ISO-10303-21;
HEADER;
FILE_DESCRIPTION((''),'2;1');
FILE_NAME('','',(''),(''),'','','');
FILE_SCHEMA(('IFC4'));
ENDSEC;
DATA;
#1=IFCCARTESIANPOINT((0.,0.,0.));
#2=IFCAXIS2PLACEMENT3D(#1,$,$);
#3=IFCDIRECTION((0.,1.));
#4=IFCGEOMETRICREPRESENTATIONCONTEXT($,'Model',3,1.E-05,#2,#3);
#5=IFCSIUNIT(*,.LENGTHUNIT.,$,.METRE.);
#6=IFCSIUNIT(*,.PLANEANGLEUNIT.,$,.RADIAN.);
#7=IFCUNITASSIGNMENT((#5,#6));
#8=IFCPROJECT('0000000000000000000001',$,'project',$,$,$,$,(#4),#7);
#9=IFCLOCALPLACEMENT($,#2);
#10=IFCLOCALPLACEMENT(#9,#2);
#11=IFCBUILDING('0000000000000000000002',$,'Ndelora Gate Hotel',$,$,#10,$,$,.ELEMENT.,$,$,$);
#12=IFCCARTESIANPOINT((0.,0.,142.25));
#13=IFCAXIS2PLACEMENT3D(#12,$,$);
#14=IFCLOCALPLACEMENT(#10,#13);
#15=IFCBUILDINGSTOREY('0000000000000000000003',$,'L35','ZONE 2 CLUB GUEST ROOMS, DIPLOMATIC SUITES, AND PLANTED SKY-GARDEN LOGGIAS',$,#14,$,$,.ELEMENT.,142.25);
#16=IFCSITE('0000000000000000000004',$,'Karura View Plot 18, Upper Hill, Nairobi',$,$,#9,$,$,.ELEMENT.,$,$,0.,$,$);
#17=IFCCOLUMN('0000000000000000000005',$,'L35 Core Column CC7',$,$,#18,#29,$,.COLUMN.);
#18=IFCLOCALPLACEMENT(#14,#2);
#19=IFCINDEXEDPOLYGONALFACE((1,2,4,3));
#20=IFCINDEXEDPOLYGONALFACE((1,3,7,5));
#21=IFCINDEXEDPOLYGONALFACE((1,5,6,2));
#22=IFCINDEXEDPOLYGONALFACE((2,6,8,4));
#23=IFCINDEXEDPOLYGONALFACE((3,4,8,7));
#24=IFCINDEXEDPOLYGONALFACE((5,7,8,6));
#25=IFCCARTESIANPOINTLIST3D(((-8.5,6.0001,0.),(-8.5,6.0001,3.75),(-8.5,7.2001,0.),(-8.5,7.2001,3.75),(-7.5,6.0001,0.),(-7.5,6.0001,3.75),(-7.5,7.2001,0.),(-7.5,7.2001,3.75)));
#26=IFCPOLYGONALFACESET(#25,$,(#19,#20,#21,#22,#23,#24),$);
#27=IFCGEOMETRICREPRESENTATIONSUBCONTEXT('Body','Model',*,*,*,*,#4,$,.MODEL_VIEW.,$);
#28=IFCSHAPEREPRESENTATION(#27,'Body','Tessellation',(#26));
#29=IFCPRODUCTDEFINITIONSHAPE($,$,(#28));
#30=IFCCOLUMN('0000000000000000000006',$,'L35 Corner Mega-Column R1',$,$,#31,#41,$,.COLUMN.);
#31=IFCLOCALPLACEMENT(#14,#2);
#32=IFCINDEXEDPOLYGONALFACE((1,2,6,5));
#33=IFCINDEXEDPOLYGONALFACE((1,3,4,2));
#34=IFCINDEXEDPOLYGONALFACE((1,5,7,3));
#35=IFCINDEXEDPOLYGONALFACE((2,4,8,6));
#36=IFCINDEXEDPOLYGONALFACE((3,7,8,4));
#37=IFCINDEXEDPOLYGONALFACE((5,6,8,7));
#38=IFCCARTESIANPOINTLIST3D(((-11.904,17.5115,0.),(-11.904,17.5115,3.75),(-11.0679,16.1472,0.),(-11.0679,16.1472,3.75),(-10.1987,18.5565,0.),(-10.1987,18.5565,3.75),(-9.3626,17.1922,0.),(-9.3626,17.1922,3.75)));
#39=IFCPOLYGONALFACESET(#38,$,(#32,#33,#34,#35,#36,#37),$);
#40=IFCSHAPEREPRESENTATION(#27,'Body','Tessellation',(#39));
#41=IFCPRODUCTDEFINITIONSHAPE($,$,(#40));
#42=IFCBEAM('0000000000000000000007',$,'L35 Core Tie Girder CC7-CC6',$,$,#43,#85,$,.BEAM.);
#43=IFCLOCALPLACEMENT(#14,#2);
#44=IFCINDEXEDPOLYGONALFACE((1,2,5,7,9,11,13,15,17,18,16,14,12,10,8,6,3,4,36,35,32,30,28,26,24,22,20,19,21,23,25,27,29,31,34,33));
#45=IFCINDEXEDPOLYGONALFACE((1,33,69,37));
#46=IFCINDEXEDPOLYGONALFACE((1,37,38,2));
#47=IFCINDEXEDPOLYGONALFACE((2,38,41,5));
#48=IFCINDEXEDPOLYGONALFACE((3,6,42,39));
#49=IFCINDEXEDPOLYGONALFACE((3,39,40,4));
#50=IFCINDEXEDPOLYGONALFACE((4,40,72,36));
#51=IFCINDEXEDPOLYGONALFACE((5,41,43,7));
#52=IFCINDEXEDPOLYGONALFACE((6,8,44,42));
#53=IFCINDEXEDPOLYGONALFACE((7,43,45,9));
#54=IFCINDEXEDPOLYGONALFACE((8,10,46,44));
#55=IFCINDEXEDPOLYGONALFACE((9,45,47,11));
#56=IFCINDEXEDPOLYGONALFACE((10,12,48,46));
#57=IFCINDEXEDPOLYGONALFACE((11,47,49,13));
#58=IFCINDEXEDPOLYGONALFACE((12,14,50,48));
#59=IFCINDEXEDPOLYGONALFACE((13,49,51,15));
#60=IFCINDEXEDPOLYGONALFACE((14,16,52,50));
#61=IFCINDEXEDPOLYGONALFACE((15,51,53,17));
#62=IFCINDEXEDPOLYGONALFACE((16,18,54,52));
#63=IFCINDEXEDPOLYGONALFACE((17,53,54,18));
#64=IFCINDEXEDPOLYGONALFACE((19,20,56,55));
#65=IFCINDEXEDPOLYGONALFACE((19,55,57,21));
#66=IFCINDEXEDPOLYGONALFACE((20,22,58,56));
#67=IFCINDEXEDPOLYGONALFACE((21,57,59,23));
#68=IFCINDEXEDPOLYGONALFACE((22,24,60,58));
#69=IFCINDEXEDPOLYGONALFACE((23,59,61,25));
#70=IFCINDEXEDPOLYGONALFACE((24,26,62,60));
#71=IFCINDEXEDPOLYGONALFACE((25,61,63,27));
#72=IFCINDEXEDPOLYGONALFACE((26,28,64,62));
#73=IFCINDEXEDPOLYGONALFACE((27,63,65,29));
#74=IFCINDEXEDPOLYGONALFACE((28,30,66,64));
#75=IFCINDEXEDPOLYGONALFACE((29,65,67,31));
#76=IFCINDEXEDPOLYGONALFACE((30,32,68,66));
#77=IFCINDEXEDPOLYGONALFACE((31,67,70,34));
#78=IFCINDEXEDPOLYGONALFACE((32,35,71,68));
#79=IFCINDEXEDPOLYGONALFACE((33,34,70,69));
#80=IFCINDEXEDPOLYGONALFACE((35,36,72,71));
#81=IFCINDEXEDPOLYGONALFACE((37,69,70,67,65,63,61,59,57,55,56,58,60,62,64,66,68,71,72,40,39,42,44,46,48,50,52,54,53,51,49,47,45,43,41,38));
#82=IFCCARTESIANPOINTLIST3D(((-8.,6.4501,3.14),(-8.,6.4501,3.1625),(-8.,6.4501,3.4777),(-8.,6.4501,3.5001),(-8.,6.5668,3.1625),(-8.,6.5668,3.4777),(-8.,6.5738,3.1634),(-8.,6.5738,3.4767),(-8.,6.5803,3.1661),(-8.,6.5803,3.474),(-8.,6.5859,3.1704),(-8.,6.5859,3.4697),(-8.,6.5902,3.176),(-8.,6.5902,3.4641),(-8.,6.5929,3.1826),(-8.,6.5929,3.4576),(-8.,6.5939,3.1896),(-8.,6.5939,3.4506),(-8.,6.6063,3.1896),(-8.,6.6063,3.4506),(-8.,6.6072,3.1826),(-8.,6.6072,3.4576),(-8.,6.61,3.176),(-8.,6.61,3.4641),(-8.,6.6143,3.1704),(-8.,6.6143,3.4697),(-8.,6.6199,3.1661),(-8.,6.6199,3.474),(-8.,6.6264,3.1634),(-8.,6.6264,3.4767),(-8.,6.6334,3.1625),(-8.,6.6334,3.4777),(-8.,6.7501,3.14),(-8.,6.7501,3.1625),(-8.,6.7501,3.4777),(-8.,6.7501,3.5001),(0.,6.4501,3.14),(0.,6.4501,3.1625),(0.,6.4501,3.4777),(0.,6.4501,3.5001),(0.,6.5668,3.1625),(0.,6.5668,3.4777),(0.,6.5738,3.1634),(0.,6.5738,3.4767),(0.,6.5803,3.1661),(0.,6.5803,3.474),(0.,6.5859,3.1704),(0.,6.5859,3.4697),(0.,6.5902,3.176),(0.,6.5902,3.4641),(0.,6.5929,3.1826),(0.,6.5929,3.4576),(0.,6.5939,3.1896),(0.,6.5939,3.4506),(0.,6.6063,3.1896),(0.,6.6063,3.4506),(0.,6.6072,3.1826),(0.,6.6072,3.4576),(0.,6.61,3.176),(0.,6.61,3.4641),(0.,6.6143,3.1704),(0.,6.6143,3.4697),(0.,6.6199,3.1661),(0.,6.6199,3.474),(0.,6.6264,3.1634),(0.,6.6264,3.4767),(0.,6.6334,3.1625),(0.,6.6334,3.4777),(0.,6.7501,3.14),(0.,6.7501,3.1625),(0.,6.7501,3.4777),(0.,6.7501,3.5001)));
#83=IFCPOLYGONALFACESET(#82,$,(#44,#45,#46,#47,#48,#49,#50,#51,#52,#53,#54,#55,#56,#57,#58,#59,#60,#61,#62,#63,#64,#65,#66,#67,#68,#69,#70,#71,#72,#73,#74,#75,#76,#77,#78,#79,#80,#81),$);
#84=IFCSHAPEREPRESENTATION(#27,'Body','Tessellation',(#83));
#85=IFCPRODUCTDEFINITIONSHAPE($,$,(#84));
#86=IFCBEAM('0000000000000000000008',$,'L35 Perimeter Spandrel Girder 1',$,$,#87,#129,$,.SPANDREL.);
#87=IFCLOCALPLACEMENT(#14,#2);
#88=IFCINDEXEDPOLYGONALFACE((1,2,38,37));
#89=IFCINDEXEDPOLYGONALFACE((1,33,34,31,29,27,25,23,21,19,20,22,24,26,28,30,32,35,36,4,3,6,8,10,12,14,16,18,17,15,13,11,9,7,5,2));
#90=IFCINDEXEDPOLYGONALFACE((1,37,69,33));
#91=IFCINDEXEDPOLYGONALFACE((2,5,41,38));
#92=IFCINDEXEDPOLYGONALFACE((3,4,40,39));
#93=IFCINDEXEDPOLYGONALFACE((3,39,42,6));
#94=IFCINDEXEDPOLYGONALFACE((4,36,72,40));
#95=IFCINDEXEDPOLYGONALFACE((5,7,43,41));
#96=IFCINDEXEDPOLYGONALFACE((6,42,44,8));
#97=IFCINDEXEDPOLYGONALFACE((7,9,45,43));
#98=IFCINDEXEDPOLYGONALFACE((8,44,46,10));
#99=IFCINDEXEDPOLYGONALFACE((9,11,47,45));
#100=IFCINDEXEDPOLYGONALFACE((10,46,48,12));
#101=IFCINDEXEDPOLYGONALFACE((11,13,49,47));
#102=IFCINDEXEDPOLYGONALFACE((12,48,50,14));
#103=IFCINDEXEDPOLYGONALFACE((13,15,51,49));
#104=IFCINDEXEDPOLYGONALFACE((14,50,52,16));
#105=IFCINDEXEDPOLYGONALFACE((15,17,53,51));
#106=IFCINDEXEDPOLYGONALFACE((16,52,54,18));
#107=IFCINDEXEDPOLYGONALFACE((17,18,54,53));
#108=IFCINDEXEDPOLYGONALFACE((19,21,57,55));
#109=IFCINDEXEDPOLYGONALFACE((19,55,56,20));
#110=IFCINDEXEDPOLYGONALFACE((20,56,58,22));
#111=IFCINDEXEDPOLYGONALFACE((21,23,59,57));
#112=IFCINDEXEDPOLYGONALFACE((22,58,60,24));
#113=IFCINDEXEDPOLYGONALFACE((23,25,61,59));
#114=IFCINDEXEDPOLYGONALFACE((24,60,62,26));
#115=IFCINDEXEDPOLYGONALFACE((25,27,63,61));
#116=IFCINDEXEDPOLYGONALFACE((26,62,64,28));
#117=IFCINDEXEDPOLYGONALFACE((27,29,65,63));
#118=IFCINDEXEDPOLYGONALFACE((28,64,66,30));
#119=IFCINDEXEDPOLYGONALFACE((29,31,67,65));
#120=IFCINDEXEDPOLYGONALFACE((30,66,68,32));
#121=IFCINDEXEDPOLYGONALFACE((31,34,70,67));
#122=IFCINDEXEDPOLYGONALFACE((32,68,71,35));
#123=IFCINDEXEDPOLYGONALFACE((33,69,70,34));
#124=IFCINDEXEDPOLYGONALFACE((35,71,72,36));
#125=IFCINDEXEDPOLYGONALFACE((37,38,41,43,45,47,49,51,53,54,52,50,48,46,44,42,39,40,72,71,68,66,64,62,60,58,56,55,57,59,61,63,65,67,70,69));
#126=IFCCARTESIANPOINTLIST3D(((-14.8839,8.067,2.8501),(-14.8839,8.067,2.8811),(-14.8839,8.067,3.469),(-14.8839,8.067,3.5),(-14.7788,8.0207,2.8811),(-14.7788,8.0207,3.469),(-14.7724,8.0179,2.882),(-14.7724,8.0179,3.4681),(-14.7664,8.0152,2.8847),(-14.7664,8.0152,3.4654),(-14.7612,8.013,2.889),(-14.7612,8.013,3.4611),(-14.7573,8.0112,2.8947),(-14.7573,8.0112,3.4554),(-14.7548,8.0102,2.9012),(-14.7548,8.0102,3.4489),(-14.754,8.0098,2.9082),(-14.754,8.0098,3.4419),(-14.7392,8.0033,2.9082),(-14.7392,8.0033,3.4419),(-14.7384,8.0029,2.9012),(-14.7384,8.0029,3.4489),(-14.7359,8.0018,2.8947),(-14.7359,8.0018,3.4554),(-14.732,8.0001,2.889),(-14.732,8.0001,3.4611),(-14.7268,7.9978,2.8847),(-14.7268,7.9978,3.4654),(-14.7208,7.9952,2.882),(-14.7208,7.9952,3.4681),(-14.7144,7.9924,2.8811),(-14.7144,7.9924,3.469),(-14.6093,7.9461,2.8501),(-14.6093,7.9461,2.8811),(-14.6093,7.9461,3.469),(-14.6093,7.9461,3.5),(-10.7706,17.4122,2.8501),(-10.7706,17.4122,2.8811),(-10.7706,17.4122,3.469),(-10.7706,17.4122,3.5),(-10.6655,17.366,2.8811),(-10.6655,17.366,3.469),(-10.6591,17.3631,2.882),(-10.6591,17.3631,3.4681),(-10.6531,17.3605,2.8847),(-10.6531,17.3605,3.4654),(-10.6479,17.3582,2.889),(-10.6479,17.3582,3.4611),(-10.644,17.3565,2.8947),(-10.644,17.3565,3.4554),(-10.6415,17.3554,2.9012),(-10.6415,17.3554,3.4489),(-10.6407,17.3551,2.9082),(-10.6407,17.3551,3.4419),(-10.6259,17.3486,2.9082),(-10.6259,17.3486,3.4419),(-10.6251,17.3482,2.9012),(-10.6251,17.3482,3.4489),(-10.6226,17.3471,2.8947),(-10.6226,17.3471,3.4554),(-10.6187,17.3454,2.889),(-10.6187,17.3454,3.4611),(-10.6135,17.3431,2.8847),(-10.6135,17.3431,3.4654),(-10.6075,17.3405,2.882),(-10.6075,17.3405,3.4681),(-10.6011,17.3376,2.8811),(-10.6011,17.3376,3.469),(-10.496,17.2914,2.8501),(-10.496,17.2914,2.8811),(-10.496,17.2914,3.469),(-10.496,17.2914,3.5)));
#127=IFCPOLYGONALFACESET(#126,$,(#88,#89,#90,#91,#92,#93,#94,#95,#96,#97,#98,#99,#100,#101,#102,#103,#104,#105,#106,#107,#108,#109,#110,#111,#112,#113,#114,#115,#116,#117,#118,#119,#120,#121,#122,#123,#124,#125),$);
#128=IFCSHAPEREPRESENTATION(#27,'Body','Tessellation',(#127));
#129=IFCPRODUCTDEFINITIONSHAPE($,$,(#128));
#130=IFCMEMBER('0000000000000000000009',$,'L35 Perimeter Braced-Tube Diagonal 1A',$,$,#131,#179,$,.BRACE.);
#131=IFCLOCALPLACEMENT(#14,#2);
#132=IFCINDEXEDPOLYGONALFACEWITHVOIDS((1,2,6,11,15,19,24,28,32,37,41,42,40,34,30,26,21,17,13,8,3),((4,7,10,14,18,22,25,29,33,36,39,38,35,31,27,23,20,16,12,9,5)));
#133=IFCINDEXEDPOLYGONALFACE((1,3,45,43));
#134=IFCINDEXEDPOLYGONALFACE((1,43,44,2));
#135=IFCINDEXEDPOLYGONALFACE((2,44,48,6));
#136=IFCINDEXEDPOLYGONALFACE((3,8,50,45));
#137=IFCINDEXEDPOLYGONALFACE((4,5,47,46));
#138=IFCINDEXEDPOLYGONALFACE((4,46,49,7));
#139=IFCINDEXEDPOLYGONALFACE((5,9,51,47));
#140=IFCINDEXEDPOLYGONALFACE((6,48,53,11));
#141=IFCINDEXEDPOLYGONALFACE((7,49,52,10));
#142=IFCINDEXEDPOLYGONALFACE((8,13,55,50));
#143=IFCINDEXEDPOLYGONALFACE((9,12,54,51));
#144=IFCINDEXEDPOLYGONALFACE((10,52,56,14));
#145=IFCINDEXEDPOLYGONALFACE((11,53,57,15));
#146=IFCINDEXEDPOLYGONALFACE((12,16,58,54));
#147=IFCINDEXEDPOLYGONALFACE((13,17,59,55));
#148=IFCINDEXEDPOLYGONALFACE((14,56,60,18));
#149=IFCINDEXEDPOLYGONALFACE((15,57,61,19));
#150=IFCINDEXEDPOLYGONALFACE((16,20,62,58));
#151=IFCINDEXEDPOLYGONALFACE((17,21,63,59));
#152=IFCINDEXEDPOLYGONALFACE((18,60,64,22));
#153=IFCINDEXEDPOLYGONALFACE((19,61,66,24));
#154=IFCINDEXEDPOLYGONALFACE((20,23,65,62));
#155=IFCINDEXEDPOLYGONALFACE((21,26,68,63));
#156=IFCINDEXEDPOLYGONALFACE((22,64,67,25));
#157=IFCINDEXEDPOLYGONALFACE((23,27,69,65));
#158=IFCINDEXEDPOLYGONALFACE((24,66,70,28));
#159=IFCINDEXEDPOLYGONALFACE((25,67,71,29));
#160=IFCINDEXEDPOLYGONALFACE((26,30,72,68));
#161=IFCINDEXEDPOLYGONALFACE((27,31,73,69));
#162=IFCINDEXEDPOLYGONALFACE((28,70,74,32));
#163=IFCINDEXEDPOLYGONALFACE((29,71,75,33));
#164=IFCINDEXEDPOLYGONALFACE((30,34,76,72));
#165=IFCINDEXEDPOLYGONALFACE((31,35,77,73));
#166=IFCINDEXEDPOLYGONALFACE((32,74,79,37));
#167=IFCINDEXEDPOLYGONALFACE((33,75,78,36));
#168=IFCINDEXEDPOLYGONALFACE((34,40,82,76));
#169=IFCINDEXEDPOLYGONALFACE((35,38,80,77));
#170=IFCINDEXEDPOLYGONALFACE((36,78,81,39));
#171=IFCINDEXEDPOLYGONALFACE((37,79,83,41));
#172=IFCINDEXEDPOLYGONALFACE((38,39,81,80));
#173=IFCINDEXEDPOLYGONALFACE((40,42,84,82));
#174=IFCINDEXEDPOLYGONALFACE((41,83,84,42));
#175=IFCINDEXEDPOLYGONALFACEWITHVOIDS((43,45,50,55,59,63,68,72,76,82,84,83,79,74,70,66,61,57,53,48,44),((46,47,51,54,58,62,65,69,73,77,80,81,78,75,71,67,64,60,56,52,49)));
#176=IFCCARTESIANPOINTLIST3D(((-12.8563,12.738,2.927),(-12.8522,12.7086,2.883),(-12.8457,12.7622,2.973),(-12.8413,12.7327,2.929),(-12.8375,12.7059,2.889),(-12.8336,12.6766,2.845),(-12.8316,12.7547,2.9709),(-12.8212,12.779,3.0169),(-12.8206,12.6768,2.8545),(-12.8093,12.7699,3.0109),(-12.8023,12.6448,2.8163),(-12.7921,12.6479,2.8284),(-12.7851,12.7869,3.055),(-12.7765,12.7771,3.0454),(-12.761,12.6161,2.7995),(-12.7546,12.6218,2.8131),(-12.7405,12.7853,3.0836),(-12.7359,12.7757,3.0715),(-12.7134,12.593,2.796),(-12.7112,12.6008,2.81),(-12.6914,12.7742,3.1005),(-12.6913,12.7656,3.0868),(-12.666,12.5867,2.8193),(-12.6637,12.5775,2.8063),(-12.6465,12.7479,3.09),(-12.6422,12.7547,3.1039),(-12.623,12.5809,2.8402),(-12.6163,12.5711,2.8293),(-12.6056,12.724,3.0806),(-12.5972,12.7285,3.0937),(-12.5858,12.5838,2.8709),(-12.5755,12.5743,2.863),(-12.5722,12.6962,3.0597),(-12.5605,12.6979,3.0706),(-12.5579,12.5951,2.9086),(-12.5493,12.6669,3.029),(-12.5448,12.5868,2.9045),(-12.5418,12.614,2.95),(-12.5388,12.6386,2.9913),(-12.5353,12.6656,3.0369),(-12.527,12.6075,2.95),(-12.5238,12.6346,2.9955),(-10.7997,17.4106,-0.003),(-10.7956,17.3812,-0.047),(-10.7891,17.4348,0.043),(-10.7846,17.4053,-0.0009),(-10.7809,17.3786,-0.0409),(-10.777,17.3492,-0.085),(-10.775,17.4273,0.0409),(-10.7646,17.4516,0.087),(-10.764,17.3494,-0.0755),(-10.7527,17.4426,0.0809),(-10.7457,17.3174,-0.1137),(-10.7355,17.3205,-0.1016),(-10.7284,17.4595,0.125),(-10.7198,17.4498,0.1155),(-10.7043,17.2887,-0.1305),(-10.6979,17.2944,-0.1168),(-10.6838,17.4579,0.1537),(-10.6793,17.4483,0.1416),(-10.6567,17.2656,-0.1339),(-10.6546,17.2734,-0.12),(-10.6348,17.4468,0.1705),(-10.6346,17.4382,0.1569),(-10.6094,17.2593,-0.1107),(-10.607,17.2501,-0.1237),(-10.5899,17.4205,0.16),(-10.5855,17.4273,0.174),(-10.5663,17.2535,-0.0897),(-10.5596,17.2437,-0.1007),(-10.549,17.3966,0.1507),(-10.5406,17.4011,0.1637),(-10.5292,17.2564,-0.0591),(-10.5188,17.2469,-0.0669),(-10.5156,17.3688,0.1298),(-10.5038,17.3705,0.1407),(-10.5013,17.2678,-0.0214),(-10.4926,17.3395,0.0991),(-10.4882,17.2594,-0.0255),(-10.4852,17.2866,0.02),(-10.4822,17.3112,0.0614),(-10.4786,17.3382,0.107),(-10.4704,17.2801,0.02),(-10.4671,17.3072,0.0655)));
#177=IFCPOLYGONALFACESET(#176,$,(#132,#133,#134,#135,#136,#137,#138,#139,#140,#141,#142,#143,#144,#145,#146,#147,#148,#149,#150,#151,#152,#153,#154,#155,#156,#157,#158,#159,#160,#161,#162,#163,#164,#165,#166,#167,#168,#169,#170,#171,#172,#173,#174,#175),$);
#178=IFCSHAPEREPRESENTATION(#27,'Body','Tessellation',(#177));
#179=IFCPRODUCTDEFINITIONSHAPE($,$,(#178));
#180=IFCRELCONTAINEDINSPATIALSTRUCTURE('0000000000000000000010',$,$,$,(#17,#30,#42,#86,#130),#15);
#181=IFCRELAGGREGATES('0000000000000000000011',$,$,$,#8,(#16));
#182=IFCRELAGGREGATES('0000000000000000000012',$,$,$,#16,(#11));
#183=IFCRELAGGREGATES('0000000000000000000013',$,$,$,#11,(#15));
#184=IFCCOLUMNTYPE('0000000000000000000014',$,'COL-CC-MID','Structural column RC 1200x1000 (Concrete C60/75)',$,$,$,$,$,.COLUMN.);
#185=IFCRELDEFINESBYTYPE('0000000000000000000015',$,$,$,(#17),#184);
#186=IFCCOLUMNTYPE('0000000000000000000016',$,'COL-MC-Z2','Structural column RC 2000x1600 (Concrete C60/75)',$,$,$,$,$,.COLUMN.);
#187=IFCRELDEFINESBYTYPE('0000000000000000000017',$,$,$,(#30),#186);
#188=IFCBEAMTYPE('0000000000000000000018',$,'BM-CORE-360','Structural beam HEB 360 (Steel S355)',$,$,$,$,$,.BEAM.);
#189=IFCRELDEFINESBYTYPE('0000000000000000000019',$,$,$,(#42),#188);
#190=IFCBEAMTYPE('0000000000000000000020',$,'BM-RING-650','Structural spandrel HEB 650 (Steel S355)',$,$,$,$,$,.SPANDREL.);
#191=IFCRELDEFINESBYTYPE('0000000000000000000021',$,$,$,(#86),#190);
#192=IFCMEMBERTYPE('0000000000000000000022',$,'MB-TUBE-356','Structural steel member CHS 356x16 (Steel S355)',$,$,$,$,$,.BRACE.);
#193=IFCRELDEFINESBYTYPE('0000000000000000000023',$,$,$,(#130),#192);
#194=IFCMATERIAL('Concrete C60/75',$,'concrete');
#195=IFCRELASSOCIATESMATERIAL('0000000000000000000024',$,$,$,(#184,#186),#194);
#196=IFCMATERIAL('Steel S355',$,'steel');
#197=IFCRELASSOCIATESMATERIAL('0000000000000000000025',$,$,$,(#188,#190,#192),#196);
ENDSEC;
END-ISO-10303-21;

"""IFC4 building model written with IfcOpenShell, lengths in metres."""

from ifc_helpers import new_model, si_unit, direction, frame, origin, origin_2d, place, context, subcontext, project, spatial, rectangle, hollow_circle, i_section, extrude, material, material_profile, profile_set, type_object, element, save


model = new_model("IFC4")

# Units and contexts
model_context = context("Model", 3, precision=1e-05, world=origin(), true_north=direction((0.0, 1.0)))
body_context = subcontext(model_context, "Body", "Model", "MODEL_VIEW")
ifc_project = project(units=[si_unit("LENGTHUNIT", "METRE"), si_unit("PLANEANGLEUNIT", "RADIAN")], contexts=[model_context])

# Site, building, storey
site_placement = place(None, origin())
site = spatial("IfcSite", under=ifc_project, at=site_placement, Name="Karura View Plot 18, Upper Hill, Nairobi", CompositionType="ELEMENT", RefElevation=0.0)
building_placement = place(site_placement, origin())
building = spatial("IfcBuilding", under=site, at=building_placement, Name="Ndelora Gate Hotel", CompositionType="ELEMENT")
storey_placement = place(building_placement, frame((0.0, 0.0, 142.25)))
storey = spatial("IfcBuildingStorey", under=building, at=storey_placement, Name="L35", Description="ZONE 2 CLUB GUEST ROOMS, DIPLOMATIC SUITES, AND PLANTED SKY-GARDEN LOGGIAS", CompositionType="ELEMENT", Elevation=142.25)

# Columns
ifc_material_1 = material(Name="Concrete C60/75", Category="concrete")
ifc_material_profile_1 = material_profile(ifc_material_1, rectangle(XDim=1.0, YDim=1.2, at=origin_2d()), Name="RC 1200x1000")
ifc_profile_set_1 = profile_set([ifc_material_profile_1], Name="Concrete C60/75")
column_type_1 = type_object("IfcColumnType", Name="COL-CC-MID", Description="Structural column RC 1200x1000 (Concrete C60/75)", PredefinedType="COLUMN", material=ifc_profile_set_1)
column_1_placement = place(storey_placement, frame((-8.0, 6.6001, 0.0), z_axis=(0.0, 0.0, 1.0), x_axis=(1.0, 0.0, 0.0)))
element("IfcColumn", 1, at=column_1_placement, inside=storey, type_object=column_type_1, Name="L35 Core Column CC7", PredefinedType="COLUMN", context=body_context, shape_type="SweptSolid", body=[
    extrude(rectangle(XDim=1.0, YDim=1.2, at=origin_2d()), origin(), (0.0, 0.0, 1.0), 3.75),
])
ifc_material_profile_2 = material_profile(ifc_material_1, rectangle(XDim=1.6001, YDim=2.0, at=origin_2d()), Name="RC 2000x1600")
ifc_profile_set_2 = profile_set([ifc_material_profile_2], Name="Concrete C60/75")
column_type_2 = type_object("IfcColumnType", Name="COL-MC-Z2", Description="Structural column RC 2000x1600 (Concrete C60/75)", PredefinedType="COLUMN", material=ifc_profile_set_2)
column_2_placement = place(storey_placement, frame((-10.6333, 17.3518, 0.0), z_axis=(0.0, 0.0, 1.0), x_axis=(-0.522499, 0.85264, 0.0)))
element("IfcColumn", 2, at=column_2_placement, inside=storey, type_object=column_type_2, Name="L35 Corner Mega-Column R1", PredefinedType="COLUMN", context=body_context, shape_type="SweptSolid", body=[
    extrude(rectangle(XDim=1.6001, YDim=2.0, at=origin_2d()), origin(), (0.0, 0.0, 1.0), 3.75),
])

# Beams
ifc_material_2 = material(Name="Steel S355", Category="steel")
ifc_material_profile_3 = material_profile(ifc_material_2, i_section(OverallWidth=0.3, OverallDepth=0.3601, WebThickness=0.0125, FlangeThickness=0.0225, FilletRadius=0.0271, at=origin_2d()), Name="HEB 360")
ifc_profile_set_3 = profile_set([ifc_material_profile_3], Name="Steel S355")
beam_type_1 = type_object("IfcBeamType", Name="BM-CORE-360", Description="Structural beam HEB 360 (Steel S355)", PredefinedType="BEAM", material=ifc_profile_set_3)
beam_1_placement = place(storey_placement, frame((-8.0, 6.6001, 3.3201), z_axis=(1.0, 0.0, 0.0), x_axis=(0.0, 1.0, 0.0)))
element("IfcBeam", 3, at=beam_1_placement, inside=storey, type_object=beam_type_1, Name="L35 Core Tie Girder CC7-CC6", PredefinedType="BEAM", context=body_context, shape_type="SweptSolid", body=[
    extrude(i_section(OverallWidth=0.3, OverallDepth=0.3601, WebThickness=0.0125, FlangeThickness=0.0225, FilletRadius=0.0271, at=origin_2d()), origin(), (0.0, 0.0, 1.0), 8.0),
])
ifc_material_profile_4 = material_profile(ifc_material_2, i_section(OverallWidth=0.3, OverallDepth=0.6499, WebThickness=0.0161, FlangeThickness=0.031, FilletRadius=0.0271, at=origin_2d()), Name="HEB 650")
ifc_profile_set_4 = profile_set([ifc_material_profile_4], Name="Steel S355")
beam_type_2 = type_object("IfcBeamType", Name="BM-RING-650", Description="Structural spandrel HEB 650 (Steel S355)", PredefinedType="SPANDREL", material=ifc_profile_set_4)
beam_2_placement = place(storey_placement, frame((-10.6333, 17.3518, 3.175), z_axis=(-0.402852, -0.915265, 0.0), x_axis=(0.915265, -0.402852, 0.0)))
element("IfcBeam", 4, at=beam_2_placement, inside=storey, type_object=beam_type_2, Name="L35 Perimeter Spandrel Girder 1", PredefinedType="SPANDREL", context=body_context, shape_type="SweptSolid", body=[
    extrude(i_section(OverallWidth=0.3, OverallDepth=0.6499, WebThickness=0.0161, FlangeThickness=0.031, FilletRadius=0.0271, at=origin_2d()), origin(), (0.0, 0.0, 1.0), 10.2104),
])

# Member
ifc_material_profile_5 = material_profile(ifc_material_2, hollow_circle(Radius=0.178, WallThickness=0.0161, at=origin_2d()), Name="CHS 356x16")
ifc_profile_set_5 = profile_set([ifc_material_profile_5], Name="Steel S355")
member_type = type_object("IfcMemberType", Name="MB-TUBE-356", Description="Structural steel member CHS 356x16 (Steel S355)", PredefinedType="BRACE", material=ifc_profile_set_5)
member_placement = place(storey_placement, frame((-10.6333, 17.3518, 0.02), z_axis=(-0.349399, -0.793822, 0.497762), x_axis=(0.915265, -0.402852, 0.0)))
element("IfcMember", 5, at=member_placement, inside=storey, type_object=member_type, Name="L35 Perimeter Braced-Tube Diagonal 1A", PredefinedType="BRACE", context=body_context, shape_type="SweptSolid", body=[
    extrude(hollow_circle(Radius=0.178, WallThickness=0.0161, at=origin_2d()), origin(), (0.0, 0.0, 1.0), 5.8862),
])

save(model, "model.ifc")
